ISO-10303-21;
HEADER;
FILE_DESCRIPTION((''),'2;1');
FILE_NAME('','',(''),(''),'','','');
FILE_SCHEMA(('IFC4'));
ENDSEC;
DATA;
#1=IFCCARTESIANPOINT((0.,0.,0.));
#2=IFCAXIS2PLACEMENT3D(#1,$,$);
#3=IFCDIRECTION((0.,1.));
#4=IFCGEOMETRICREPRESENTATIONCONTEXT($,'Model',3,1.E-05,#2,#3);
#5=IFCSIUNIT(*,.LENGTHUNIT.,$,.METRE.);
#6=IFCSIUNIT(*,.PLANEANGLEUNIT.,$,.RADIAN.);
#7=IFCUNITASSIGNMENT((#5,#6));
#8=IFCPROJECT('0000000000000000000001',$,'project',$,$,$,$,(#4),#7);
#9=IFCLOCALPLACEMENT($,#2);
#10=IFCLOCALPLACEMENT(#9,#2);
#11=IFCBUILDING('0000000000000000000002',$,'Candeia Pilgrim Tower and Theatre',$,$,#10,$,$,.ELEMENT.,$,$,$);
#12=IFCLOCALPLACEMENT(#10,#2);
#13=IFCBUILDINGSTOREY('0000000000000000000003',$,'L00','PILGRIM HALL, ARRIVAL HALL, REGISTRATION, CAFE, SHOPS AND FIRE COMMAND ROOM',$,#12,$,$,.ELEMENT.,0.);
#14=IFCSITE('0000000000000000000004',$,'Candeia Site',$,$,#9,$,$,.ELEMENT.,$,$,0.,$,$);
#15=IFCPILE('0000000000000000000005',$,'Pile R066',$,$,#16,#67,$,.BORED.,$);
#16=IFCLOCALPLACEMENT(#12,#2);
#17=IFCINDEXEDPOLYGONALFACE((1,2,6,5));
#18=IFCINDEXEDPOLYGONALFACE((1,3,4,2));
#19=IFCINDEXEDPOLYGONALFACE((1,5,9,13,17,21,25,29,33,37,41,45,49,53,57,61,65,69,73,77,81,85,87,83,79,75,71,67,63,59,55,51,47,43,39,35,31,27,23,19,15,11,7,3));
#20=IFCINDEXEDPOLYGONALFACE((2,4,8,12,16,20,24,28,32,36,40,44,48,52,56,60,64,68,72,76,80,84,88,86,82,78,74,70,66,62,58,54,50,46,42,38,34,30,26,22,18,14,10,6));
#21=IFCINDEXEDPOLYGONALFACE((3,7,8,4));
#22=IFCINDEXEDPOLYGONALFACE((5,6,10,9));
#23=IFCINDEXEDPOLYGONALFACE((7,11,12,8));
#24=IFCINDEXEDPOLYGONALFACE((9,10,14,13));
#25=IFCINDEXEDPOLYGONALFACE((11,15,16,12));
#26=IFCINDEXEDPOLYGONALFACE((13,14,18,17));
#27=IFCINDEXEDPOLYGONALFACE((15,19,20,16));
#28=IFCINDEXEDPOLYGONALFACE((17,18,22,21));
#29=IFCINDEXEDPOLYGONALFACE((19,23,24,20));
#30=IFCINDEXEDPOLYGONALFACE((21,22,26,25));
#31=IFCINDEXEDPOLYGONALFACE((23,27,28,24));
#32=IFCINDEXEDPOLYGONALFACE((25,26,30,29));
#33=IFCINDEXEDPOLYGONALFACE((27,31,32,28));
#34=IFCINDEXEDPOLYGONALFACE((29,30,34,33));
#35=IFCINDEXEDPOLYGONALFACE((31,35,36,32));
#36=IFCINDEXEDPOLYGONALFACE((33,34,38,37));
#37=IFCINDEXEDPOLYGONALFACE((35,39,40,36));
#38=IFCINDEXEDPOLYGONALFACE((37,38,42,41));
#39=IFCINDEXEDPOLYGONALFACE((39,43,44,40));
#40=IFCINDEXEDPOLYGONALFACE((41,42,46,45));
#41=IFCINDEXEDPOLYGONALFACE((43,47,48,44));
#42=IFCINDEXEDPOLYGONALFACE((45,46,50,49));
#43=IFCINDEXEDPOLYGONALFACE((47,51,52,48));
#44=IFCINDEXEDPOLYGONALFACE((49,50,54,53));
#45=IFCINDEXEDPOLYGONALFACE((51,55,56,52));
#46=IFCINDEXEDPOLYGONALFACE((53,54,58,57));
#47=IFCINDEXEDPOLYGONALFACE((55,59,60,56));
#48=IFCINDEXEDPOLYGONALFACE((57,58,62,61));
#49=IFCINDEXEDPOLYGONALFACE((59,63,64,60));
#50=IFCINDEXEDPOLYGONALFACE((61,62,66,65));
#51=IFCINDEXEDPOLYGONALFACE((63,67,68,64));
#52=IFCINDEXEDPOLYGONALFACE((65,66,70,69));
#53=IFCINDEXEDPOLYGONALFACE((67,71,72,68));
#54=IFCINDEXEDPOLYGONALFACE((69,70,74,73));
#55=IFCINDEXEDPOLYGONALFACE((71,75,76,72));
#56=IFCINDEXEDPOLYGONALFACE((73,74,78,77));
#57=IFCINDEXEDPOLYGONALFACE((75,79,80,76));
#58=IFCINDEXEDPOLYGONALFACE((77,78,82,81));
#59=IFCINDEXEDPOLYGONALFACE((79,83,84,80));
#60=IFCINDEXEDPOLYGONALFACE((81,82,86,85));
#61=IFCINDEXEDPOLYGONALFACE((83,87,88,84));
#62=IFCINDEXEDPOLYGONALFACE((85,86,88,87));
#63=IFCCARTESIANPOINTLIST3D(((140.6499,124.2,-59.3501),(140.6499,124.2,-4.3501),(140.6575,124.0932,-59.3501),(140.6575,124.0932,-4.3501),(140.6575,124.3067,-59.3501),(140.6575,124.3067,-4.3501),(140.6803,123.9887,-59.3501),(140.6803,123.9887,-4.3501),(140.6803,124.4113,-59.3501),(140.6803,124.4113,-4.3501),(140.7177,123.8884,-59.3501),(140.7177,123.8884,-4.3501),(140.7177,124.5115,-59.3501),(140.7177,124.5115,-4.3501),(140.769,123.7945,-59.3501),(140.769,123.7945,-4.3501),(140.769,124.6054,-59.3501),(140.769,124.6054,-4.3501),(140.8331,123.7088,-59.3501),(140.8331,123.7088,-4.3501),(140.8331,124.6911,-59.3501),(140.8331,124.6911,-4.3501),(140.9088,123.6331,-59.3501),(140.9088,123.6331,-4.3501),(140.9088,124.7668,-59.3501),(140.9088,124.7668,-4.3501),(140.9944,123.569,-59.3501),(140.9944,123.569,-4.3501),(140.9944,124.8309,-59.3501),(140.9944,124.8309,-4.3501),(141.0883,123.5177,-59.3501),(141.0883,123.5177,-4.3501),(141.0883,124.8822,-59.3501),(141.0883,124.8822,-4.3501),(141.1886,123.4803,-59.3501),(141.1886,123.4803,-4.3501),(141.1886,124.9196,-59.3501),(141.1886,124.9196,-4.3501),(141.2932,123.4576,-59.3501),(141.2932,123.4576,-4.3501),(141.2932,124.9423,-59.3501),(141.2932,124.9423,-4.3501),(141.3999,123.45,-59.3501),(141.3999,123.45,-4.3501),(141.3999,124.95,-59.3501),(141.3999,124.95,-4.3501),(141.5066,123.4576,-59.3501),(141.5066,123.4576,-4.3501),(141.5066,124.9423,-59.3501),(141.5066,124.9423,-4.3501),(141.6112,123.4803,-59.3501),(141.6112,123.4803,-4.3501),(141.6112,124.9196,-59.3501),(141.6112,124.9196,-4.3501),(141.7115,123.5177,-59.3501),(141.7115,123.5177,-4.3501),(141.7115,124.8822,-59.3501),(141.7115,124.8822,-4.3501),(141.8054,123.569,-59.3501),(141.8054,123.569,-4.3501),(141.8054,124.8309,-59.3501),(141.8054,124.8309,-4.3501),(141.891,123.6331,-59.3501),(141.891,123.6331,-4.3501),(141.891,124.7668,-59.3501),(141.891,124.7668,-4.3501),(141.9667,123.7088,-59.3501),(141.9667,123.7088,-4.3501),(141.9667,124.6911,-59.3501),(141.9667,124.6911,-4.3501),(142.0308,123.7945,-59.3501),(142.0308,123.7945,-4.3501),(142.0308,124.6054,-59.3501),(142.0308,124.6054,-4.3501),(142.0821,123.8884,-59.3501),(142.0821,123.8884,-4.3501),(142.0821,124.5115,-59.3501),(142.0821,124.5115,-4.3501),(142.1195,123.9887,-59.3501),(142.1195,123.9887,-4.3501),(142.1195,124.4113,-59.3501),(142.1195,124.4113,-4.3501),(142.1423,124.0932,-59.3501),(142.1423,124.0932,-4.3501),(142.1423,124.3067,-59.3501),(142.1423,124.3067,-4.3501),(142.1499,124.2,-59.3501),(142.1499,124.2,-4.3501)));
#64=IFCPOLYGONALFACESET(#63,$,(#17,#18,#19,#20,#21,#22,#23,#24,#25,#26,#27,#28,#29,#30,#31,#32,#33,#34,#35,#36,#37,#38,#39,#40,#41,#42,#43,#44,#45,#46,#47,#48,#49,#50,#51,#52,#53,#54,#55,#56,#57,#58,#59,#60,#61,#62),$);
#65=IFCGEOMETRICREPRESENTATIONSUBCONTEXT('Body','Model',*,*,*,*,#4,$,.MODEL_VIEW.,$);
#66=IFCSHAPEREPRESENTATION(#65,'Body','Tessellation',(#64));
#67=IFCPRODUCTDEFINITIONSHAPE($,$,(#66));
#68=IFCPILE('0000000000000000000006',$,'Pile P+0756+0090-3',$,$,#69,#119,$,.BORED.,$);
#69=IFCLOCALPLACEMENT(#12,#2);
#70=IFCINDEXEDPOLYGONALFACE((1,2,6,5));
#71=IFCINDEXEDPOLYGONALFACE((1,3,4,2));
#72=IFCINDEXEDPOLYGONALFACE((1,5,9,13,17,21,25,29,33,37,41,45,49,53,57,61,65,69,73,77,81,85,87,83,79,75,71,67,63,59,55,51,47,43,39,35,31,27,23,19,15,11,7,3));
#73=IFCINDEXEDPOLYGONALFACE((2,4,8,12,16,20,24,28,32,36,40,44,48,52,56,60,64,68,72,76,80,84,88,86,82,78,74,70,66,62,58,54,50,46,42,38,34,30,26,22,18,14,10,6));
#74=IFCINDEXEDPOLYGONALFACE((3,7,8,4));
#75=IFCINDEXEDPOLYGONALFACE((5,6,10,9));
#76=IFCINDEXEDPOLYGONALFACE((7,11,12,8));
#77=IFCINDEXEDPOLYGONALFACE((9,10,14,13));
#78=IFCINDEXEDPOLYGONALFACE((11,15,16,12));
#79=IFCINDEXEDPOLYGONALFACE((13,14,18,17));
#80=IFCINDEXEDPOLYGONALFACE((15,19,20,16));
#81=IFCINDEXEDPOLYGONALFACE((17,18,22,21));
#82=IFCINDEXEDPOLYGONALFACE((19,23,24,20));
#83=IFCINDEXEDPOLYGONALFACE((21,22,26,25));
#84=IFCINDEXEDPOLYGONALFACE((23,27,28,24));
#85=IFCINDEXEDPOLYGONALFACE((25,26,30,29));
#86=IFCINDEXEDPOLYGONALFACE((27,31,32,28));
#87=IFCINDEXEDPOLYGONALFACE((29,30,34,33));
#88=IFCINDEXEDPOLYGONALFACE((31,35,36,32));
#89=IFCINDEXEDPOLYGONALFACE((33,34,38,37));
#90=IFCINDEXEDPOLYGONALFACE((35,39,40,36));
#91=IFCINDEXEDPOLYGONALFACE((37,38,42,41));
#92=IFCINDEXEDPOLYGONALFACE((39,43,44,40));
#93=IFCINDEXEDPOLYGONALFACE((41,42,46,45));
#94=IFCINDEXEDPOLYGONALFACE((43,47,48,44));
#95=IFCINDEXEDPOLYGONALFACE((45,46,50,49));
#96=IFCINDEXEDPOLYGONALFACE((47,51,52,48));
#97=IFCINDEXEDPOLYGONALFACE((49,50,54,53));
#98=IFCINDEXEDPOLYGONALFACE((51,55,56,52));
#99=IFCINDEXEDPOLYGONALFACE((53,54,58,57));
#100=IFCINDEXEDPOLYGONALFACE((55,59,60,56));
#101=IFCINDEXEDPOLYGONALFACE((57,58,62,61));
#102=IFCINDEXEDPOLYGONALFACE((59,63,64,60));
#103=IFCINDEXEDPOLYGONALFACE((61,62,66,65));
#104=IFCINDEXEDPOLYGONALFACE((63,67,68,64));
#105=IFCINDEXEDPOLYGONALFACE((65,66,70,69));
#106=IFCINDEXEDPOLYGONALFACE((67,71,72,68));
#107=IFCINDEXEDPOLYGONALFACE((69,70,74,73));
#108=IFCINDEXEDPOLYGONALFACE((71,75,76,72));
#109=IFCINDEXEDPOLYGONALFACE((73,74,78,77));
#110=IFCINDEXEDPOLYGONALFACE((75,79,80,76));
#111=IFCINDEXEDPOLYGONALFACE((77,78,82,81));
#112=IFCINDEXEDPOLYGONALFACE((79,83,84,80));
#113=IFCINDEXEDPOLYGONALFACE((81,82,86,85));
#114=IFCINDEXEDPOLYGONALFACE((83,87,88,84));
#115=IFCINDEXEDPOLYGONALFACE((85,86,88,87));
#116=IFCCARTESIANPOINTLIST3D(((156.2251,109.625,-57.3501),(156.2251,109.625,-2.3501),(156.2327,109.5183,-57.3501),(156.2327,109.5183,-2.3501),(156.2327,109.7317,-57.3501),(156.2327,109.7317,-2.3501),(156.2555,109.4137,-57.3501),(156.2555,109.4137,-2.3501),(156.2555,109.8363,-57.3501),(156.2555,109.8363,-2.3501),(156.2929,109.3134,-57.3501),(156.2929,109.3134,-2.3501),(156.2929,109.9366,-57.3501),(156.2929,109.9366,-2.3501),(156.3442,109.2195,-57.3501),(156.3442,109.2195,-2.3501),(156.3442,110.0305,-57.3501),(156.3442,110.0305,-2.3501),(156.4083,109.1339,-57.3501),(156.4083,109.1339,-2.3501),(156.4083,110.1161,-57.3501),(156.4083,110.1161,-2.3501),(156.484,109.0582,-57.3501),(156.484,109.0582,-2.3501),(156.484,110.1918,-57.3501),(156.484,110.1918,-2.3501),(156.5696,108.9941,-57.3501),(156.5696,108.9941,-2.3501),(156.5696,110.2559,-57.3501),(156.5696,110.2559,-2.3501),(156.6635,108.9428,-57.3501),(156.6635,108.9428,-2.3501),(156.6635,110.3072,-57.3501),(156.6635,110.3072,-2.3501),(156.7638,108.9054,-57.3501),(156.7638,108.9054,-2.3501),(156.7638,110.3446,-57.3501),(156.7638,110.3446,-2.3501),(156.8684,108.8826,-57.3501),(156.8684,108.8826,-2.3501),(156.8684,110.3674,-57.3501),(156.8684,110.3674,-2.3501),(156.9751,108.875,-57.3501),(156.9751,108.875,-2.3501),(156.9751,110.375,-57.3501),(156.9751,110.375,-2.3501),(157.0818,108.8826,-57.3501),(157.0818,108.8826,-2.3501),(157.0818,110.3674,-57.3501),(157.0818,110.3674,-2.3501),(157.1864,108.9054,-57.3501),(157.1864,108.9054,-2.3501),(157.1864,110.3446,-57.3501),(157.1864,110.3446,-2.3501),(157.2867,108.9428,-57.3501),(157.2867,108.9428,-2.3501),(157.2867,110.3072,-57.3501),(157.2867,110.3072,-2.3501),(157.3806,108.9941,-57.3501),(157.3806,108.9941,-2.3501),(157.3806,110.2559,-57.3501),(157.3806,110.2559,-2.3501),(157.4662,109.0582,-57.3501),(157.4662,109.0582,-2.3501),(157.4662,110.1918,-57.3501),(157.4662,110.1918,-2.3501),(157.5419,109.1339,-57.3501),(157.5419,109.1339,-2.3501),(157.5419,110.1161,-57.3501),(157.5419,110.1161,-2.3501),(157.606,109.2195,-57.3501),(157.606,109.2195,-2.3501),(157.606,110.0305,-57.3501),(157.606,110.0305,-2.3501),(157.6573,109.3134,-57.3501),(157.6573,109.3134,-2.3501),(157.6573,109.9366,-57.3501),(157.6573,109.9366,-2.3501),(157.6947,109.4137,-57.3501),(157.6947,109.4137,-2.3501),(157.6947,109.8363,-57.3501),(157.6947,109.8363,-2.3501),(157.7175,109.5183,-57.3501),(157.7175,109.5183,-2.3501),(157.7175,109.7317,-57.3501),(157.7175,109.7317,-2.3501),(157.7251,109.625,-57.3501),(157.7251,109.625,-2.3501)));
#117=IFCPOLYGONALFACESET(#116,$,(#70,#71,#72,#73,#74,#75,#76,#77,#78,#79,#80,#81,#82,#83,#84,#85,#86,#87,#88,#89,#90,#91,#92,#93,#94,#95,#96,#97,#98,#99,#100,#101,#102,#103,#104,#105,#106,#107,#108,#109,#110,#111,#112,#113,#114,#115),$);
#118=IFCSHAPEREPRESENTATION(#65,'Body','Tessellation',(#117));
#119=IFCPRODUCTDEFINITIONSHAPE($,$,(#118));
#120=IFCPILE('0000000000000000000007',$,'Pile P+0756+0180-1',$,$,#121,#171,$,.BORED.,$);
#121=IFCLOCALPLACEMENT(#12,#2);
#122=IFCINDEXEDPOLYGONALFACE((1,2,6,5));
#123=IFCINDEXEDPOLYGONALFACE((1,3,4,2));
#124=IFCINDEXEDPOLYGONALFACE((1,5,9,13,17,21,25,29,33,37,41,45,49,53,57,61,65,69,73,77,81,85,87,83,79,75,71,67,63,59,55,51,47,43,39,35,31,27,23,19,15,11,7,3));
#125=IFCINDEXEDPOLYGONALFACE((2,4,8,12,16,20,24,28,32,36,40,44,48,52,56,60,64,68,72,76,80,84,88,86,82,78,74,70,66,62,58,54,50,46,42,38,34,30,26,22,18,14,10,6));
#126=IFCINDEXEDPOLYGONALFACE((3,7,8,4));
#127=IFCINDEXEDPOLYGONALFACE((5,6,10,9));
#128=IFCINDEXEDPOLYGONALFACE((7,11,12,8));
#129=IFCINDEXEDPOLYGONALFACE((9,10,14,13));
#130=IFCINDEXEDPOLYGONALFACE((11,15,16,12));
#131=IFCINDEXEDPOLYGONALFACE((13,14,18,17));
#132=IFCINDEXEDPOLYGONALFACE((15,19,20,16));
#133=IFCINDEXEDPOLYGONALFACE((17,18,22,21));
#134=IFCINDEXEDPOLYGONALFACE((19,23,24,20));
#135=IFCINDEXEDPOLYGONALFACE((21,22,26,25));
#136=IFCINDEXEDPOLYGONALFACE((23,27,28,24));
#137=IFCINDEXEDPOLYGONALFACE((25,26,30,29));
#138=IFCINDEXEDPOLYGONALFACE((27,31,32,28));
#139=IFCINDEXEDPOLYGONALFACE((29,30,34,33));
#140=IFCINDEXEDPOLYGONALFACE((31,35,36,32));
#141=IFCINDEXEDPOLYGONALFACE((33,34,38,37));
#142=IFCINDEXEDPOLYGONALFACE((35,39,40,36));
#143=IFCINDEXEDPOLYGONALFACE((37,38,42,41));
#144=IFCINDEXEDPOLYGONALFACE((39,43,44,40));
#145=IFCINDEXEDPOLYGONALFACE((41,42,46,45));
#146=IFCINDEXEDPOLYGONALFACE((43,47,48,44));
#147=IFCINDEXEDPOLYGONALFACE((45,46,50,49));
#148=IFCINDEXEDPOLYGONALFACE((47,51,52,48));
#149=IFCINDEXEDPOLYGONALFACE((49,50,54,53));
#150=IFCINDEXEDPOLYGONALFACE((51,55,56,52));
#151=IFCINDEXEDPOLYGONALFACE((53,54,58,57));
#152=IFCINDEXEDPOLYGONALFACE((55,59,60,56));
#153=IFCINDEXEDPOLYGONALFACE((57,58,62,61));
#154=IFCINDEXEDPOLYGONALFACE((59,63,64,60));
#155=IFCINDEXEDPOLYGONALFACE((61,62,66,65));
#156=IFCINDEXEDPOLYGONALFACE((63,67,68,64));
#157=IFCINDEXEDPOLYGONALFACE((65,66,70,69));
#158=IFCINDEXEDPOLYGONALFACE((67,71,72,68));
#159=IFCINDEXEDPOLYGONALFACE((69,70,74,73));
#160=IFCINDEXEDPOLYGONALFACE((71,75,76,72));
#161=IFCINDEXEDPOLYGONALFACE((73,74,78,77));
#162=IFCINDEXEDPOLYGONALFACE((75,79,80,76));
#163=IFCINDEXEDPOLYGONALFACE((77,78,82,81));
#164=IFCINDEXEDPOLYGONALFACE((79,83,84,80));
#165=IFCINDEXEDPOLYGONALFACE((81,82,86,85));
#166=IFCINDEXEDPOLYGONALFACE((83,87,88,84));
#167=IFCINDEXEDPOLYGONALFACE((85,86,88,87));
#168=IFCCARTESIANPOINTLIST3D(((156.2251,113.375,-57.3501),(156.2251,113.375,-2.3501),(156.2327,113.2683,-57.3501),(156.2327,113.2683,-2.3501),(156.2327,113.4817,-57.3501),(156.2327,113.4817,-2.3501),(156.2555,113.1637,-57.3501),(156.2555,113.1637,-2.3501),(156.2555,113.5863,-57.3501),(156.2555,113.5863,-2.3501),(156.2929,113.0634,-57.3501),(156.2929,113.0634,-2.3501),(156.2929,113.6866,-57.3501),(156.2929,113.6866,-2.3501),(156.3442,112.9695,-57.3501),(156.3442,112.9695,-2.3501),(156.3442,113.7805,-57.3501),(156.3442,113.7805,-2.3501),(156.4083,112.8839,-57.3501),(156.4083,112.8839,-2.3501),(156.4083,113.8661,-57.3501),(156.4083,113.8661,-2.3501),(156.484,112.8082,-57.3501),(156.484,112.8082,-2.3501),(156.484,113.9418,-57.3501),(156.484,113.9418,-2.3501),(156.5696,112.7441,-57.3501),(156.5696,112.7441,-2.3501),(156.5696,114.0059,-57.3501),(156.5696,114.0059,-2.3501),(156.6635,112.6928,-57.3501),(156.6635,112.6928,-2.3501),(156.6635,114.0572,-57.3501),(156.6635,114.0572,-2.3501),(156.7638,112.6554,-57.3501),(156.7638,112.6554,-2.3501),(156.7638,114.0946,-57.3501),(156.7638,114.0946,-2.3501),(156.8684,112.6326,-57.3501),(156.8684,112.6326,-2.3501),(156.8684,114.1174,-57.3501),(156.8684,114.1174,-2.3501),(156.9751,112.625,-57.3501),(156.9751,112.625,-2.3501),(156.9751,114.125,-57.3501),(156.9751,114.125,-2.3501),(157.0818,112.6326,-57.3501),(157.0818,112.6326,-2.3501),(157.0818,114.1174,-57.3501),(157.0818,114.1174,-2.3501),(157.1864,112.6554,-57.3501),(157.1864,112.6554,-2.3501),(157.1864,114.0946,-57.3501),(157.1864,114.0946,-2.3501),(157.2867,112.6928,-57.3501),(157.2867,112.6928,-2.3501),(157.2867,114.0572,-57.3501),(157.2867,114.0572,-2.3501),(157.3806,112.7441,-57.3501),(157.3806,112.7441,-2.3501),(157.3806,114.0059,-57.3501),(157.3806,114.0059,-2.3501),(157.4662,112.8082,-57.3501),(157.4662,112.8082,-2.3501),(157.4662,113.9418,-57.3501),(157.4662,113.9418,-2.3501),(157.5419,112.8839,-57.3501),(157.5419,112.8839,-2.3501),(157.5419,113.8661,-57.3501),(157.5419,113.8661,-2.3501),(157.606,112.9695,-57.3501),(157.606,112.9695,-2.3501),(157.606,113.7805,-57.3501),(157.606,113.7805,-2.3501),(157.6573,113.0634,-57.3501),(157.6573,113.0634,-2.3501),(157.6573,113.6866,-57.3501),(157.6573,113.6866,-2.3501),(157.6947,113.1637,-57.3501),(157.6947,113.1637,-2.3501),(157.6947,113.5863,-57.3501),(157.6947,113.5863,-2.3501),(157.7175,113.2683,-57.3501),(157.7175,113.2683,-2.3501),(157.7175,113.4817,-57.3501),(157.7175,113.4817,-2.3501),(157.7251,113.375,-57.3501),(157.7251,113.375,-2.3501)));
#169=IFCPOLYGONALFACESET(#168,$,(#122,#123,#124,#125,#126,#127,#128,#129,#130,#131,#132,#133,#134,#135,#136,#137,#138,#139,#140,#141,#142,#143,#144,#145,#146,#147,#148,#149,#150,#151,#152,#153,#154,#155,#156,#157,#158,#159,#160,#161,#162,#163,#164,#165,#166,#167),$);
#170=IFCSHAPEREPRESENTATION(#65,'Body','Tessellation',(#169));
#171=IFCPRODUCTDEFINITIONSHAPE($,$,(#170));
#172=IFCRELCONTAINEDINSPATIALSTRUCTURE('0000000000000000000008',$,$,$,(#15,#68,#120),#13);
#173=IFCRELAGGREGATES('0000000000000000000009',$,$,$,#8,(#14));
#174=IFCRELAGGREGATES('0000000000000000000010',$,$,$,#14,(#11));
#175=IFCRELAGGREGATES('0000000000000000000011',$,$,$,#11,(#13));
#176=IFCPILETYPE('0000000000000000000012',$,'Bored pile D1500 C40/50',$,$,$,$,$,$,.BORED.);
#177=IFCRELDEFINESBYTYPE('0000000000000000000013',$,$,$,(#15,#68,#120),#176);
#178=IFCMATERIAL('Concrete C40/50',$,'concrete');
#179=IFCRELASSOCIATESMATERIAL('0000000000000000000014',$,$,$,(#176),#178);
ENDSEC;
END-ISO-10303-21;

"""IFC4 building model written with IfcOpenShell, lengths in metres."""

from ifc_helpers import new_model, si_unit, direction, frame, origin, origin_2d, place, context, subcontext, project, spatial, circle, extrude, material, material_profile, profile_set, type_object, element, save


model = new_model("IFC4")

# Units and contexts
model_context = context("Model", 3, precision=1e-05, world=origin(), true_north=direction((0.0, 1.0)))
body_context = subcontext(model_context, "Body", "Model", "MODEL_VIEW")
ifc_project = project(units=[si_unit("LENGTHUNIT", "METRE"), si_unit("PLANEANGLEUNIT", "RADIAN")], contexts=[model_context])

# Site, building, storey
site_placement = place(None, origin())
site = spatial("IfcSite", under=ifc_project, at=site_placement, Name="Candeia Site", CompositionType="ELEMENT", RefElevation=0.0)
building_placement = place(site_placement, origin())
building = spatial("IfcBuilding", under=site, at=building_placement, Name="Candeia Pilgrim Tower and Theatre", CompositionType="ELEMENT")
storey_placement = place(building_placement, origin())
storey = spatial("IfcBuildingStorey", under=building, at=storey_placement, Name="L00", Description="PILGRIM HALL, ARRIVAL HALL, REGISTRATION, CAFE, SHOPS AND FIRE COMMAND ROOM", CompositionType="ELEMENT", Elevation=0.0)

# Piles
ifc_material_1 = material(Name="Concrete C40/50", Category="concrete")
ifc_material_profile_1 = material_profile(ifc_material_1, circle(Radius=0.75, at=origin_2d()))
ifc_profile_set_1 = profile_set([ifc_material_profile_1], Name="Concrete C40/50")
pile_type = type_object("IfcPileType", Name="Bored pile D1500 C40/50", PredefinedType="BORED", material=ifc_profile_set_1)
for number, where, z_axis, x_axis, name in (
    (1, (141.3999, 124.2, -4.3501), (0.0, 0.0, -1.0), (1.0, 0.0, 0.0), "Pile R066"),
    (2, (156.9751, 109.625, -2.3501), (0.0, 0.0, -1.0), (1.0, 0.0, 0.0), "Pile P+0756+0090-3"),
    (3, (156.9751, 113.375, -2.3501), (0.0, 0.0, -1.0), (1.0, 0.0, 0.0), "Pile P+0756+0180-1"),
):
    element("IfcPile", number, at=place(storey_placement, frame(where, z_axis=z_axis, x_axis=x_axis)), inside=storey, type_object=pile_type, Name=name, PredefinedType="BORED", context=body_context, shape_type="SweptSolid", body=[
        extrude(circle(Radius=0.75, at=origin_2d()), origin(), (0.0, 0.0, 1.0), 55.0),
    ])

save(model, "model.ifc")
